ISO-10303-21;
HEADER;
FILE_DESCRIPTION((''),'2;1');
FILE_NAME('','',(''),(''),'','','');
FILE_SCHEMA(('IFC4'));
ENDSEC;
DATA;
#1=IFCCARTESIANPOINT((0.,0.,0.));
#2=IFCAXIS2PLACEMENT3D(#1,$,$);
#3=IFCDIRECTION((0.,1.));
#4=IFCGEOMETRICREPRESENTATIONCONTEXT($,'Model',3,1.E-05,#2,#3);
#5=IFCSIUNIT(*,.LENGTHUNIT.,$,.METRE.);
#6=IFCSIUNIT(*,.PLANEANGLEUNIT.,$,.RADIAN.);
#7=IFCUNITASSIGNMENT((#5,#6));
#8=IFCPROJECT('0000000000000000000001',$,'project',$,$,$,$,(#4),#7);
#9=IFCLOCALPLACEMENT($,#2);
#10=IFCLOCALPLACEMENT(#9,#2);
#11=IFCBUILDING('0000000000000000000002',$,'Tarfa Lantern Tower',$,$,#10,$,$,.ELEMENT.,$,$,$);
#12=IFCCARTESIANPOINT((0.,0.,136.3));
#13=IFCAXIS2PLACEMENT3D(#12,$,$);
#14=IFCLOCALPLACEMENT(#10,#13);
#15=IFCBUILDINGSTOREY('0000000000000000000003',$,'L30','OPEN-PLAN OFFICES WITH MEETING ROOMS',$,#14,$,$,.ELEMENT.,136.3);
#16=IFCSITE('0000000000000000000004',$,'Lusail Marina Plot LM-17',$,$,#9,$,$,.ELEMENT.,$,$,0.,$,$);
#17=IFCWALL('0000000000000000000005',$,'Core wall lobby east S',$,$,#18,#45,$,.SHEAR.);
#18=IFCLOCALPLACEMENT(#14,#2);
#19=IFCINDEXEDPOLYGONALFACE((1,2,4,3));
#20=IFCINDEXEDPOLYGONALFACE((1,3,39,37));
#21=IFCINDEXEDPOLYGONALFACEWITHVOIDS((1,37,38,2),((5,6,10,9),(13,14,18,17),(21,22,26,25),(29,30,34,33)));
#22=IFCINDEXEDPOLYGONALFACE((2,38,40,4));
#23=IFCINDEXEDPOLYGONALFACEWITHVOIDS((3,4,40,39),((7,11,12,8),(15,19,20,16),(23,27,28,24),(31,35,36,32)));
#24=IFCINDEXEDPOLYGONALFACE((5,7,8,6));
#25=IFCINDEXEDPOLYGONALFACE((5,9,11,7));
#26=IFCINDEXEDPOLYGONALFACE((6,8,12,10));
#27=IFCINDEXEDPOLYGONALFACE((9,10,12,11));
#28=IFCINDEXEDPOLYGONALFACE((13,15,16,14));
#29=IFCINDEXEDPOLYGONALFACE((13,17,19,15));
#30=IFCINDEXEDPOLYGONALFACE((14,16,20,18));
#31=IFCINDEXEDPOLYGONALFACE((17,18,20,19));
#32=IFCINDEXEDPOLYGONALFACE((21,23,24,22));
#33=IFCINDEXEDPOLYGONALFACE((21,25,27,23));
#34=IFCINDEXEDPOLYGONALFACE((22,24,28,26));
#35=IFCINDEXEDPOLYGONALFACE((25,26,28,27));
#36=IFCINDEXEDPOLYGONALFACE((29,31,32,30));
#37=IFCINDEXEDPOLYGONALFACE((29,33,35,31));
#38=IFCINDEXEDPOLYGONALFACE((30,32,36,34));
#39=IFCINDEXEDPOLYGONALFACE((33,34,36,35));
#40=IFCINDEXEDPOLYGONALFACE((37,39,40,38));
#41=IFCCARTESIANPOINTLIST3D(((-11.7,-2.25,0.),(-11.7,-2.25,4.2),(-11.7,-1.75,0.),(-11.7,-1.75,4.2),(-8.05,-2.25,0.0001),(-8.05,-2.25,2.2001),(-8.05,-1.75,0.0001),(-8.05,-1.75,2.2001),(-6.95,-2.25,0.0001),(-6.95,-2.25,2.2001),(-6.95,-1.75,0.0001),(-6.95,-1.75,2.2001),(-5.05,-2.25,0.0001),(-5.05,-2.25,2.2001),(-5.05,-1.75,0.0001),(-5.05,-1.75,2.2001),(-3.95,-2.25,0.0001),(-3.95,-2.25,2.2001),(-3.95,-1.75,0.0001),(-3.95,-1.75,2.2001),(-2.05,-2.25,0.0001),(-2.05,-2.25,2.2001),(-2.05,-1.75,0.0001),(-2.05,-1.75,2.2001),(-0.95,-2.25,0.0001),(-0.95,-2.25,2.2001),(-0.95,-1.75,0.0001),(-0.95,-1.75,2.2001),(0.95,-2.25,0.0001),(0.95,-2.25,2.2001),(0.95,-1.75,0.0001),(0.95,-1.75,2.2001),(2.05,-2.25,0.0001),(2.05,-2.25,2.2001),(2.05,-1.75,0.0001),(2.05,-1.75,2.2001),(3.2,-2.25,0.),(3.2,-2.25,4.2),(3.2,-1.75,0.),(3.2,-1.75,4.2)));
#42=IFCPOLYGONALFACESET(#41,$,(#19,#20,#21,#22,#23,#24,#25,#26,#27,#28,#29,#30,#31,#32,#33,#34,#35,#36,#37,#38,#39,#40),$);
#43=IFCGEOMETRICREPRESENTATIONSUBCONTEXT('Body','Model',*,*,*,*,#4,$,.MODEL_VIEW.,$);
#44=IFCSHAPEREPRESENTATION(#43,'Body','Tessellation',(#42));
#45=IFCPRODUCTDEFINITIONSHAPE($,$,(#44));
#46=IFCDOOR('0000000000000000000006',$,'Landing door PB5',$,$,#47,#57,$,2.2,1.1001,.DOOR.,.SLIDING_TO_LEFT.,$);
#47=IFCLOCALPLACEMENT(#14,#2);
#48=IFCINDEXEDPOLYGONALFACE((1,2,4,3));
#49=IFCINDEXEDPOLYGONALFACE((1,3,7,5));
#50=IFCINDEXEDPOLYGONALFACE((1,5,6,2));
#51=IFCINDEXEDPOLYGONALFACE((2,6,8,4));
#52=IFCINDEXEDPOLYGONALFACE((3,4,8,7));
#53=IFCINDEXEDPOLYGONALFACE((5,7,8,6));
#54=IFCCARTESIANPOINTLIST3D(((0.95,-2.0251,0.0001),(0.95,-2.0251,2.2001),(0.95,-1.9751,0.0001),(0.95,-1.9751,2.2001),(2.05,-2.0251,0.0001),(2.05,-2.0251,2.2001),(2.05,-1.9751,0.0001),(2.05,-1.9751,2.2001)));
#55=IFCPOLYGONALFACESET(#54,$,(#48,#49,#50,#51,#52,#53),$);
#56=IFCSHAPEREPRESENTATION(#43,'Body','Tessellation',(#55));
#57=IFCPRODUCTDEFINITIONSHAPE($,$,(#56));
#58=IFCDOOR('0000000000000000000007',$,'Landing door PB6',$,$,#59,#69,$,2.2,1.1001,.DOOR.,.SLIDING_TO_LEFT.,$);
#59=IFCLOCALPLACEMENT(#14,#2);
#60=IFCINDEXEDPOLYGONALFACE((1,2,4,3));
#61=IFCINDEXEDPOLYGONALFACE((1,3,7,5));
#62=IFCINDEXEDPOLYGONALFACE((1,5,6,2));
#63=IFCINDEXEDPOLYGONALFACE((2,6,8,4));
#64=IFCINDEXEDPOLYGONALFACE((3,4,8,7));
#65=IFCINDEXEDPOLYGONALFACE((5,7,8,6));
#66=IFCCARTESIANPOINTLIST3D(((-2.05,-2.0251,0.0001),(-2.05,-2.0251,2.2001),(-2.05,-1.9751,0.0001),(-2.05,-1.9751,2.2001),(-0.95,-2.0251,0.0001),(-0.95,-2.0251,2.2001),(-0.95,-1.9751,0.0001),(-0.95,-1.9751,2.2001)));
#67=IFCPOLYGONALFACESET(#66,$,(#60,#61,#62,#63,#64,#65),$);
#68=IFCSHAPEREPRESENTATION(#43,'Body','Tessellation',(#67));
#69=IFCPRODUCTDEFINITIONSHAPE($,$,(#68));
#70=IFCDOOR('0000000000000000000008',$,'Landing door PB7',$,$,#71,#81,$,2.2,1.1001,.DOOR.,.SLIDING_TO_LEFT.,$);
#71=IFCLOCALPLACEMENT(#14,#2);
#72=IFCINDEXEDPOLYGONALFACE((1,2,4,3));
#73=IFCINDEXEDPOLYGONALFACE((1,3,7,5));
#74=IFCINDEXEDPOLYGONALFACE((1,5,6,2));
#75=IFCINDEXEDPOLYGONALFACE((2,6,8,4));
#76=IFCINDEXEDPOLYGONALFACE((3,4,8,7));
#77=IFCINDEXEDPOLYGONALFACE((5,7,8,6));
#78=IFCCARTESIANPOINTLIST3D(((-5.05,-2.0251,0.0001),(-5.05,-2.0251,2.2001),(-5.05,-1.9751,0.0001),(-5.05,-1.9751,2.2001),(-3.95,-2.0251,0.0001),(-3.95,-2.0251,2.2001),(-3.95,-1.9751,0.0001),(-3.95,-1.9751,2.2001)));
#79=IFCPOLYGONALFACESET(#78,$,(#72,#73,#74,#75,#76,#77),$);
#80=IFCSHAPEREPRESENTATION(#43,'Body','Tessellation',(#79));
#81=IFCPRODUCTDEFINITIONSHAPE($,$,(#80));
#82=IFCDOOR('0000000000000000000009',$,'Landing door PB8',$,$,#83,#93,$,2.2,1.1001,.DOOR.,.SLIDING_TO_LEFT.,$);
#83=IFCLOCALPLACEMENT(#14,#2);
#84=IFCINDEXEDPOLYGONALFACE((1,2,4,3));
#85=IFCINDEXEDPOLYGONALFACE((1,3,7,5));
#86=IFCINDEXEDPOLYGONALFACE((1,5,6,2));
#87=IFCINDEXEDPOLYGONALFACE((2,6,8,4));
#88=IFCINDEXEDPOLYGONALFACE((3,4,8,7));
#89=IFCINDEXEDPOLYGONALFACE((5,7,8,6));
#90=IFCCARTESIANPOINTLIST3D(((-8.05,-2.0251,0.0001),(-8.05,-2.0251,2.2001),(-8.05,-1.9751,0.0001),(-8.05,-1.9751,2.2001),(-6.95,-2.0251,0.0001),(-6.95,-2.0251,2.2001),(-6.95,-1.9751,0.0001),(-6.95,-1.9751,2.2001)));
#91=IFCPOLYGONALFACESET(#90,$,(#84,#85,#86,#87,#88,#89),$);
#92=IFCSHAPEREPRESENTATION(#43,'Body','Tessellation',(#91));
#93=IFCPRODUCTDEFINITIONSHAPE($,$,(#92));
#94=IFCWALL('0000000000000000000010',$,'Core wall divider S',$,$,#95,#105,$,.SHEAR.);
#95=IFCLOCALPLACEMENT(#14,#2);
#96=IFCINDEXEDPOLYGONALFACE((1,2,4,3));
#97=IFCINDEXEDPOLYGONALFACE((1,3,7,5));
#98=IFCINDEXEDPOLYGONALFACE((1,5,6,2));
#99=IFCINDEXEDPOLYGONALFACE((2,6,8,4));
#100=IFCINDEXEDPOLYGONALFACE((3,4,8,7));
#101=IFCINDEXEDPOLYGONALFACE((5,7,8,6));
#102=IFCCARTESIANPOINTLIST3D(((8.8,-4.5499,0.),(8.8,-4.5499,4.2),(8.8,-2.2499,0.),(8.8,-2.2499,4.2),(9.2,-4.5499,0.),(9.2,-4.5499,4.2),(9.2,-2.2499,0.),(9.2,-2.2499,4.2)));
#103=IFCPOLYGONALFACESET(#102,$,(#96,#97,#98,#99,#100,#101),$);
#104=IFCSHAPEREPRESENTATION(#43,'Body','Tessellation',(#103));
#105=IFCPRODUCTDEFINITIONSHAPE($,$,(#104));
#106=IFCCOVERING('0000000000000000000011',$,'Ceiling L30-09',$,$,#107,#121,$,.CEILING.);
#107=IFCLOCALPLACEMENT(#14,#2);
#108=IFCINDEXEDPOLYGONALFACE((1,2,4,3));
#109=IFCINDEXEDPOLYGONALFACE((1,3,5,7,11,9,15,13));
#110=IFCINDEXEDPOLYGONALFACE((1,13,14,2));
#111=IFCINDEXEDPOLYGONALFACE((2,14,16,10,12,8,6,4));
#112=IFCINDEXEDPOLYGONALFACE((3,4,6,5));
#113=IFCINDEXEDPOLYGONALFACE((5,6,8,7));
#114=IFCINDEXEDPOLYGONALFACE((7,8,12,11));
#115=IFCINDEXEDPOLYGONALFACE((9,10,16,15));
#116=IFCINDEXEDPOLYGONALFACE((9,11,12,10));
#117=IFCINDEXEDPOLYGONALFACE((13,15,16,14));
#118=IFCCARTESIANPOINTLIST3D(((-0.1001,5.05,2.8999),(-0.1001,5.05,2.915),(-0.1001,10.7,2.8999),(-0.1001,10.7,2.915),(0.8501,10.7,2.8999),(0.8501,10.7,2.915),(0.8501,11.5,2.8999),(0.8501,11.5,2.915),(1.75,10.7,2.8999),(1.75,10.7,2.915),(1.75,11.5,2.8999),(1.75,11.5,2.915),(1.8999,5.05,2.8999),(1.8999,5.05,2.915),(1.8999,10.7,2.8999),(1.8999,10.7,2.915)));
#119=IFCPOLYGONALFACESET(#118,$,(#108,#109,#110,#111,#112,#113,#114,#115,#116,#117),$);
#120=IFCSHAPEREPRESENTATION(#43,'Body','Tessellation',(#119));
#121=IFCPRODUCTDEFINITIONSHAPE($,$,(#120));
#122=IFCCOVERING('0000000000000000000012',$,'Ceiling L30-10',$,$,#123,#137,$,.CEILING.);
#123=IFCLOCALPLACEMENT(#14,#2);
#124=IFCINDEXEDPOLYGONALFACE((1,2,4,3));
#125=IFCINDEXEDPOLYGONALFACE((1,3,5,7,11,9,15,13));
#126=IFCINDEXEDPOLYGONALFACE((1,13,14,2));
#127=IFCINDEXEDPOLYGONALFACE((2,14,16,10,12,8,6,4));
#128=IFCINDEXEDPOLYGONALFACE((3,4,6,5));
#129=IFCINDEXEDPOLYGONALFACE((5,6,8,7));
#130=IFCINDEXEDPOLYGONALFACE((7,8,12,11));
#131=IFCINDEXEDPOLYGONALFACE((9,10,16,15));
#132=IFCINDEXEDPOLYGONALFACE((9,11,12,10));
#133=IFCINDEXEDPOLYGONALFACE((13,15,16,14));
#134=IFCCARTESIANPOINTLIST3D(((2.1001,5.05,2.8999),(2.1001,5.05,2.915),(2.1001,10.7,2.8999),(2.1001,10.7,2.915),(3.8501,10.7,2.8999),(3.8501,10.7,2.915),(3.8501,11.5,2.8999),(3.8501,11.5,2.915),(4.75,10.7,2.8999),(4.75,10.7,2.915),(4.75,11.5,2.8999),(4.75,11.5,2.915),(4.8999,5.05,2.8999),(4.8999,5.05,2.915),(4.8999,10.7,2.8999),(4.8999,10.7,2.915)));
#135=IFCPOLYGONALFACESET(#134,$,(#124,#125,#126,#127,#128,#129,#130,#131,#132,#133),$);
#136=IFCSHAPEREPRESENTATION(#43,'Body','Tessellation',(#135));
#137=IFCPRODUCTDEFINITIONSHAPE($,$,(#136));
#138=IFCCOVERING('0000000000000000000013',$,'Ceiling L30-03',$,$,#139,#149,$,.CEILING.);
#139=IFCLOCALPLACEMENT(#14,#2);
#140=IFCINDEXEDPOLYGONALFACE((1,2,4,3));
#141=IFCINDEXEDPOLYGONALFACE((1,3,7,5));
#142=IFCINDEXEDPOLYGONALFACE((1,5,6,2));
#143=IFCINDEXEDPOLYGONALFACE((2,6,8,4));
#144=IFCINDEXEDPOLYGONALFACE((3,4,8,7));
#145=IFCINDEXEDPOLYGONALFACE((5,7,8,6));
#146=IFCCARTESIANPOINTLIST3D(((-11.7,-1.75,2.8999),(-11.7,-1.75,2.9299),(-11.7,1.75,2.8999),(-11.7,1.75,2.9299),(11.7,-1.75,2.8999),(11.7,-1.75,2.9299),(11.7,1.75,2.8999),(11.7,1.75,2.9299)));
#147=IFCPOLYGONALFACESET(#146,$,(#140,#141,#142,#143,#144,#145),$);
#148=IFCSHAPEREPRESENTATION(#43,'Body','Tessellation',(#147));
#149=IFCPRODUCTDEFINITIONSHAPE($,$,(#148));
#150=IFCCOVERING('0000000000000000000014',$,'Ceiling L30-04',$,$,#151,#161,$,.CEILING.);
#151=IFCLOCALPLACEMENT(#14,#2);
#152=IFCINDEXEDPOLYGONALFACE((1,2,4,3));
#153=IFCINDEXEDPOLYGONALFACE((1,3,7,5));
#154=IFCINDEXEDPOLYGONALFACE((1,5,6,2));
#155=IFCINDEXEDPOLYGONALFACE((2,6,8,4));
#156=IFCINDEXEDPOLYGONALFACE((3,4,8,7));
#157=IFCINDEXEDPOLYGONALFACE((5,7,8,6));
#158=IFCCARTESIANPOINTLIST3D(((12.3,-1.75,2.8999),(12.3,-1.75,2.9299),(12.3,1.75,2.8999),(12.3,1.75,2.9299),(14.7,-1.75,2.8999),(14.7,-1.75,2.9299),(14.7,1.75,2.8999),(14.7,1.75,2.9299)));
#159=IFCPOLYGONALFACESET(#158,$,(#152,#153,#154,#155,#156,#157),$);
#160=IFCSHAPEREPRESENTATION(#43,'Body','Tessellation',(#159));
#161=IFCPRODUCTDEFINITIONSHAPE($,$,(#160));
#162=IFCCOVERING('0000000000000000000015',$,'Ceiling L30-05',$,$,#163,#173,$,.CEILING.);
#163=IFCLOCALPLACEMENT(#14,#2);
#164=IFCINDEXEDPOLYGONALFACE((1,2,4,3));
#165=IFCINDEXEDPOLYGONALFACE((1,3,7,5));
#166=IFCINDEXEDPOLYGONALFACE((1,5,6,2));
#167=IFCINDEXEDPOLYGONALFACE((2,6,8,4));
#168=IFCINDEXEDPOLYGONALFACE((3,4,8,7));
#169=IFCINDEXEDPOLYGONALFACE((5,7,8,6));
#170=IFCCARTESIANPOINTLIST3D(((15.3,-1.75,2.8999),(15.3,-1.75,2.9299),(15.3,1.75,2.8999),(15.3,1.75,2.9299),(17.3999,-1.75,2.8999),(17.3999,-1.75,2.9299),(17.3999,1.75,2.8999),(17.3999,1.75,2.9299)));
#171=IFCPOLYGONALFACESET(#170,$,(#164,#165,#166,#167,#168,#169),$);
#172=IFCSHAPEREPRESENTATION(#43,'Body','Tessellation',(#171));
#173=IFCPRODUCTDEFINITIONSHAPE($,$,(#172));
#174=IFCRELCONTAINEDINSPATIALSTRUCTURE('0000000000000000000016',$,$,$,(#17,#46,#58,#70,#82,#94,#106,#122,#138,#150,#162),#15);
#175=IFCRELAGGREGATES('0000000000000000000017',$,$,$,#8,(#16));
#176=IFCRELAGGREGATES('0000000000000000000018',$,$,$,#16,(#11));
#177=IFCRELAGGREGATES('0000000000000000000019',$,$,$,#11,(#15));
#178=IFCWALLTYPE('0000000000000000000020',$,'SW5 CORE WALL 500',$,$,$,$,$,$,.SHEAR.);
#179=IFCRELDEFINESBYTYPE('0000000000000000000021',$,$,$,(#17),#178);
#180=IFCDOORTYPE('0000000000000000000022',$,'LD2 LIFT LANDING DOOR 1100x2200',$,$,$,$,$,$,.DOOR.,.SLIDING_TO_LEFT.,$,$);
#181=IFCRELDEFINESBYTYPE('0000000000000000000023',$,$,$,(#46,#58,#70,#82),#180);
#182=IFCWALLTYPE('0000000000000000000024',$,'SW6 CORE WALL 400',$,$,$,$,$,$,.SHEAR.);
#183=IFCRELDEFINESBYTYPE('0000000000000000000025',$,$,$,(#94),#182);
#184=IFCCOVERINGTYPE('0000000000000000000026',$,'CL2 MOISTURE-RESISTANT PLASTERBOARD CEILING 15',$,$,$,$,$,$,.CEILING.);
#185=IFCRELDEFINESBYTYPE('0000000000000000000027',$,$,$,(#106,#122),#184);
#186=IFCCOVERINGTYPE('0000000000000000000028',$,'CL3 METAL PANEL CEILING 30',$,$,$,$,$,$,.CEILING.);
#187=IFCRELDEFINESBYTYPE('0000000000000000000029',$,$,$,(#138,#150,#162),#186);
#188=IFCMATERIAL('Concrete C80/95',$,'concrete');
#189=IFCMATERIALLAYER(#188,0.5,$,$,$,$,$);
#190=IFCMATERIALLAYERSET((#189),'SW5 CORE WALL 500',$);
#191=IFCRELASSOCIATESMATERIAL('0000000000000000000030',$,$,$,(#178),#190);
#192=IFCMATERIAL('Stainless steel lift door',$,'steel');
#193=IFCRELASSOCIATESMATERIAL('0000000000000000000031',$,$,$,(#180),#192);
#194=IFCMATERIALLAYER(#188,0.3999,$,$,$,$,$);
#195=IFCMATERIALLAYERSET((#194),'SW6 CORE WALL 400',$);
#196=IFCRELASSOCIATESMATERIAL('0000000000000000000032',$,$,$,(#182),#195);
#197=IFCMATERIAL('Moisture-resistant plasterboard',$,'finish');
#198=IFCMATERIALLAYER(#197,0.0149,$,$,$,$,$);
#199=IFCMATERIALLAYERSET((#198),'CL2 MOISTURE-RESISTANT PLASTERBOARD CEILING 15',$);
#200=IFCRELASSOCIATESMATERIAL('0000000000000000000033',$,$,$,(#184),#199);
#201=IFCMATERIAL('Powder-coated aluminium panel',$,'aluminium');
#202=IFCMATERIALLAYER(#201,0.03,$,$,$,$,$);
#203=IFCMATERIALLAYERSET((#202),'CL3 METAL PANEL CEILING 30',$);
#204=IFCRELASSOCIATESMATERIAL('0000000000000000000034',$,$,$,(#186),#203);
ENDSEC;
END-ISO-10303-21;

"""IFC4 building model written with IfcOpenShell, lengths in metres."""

from ifc_helpers import new_model, si_unit, direction, frame, frame_2d, origin, place, context, subcontext, project, spatial, polyline, rectangle, outline, extrude, material, layer, layer_set, type_object, element, fill, save


model = new_model("IFC4")

# Units and contexts
model_context = context("Model", 3, precision=1e-05, world=origin(), true_north=direction((0.0, 1.0)))
body_context = subcontext(model_context, "Body", "Model", "MODEL_VIEW")
ifc_project = project(units=[si_unit("LENGTHUNIT", "METRE"), si_unit("PLANEANGLEUNIT", "RADIAN")], contexts=[model_context])

# Site, building, storey
site_placement = place(None, origin())
site = spatial("IfcSite", under=ifc_project, at=site_placement, Name="Lusail Marina Plot LM-17", CompositionType="ELEMENT", RefElevation=0.0)
building_placement = place(site_placement, origin())
building = spatial("IfcBuilding", under=site, at=building_placement, Name="Tarfa Lantern Tower", CompositionType="ELEMENT")
storey_placement = place(building_placement, frame((0.0, 0.0, 136.3)))
storey = spatial("IfcBuildingStorey", under=building, at=storey_placement, Name="L30", Description="OPEN-PLAN OFFICES WITH MEETING ROOMS", CompositionType="ELEMENT", Elevation=136.3)

# Wall, openings, doors
ifc_material_1 = material(Name="Concrete C80/95", Category="concrete")
ifc_layer_1 = layer(ifc_material_1, 0.5)
ifc_layer_set_1 = layer_set([ifc_layer_1], Name="SW5 CORE WALL 500")
wall_type_1 = type_object("IfcWallType", Name="SW5 CORE WALL 500", PredefinedType="SHEAR", material=ifc_layer_set_1)
wall_1_placement = place(storey_placement, frame((3.2, -2.0, 0.0), z_axis=(0.0, 0.0, 1.0), x_axis=(-1.0, 0.0, 0.0)))
wall_1 = element("IfcWall", 1, at=wall_1_placement, inside=storey, type_object=wall_type_1, Name="Core wall lobby east S", PredefinedType="SHEAR", context=body_context, shape_type="SweptSolid", body=[
    extrude(rectangle(XDim=14.8999, YDim=0.5, at=frame_2d((7.45, 0.0))), origin(), (0.0, 0.0, 1.0), 4.2),
])
opening_1_placement = place(wall_1_placement, frame((1.1499, 0.0, 0.0)))
opening_1 = element("IfcOpeningElement", 2, at=opening_1_placement, cuts=wall_1, PredefinedType="OPENING", context=body_context, shape_type="SweptSolid", body=[
    extrude(rectangle(XDim=1.1001, YDim=2.2, at=frame_2d((0.55, 1.1001))), frame((0.0, 0.26, 0.0), z_axis=(0.0, -1.0, 0.0), x_axis=(1.0, 0.0, 0.0)), (0.0, 0.0, 1.0), 0.52),
])
opening_2_placement = place(wall_1_placement, frame((4.1499, 0.0, 0.0)))
opening_2 = element("IfcOpeningElement", 3, at=opening_2_placement, cuts=wall_1, PredefinedType="OPENING", context=body_context, shape_type="SweptSolid", body=[
    extrude(rectangle(XDim=1.1001, YDim=2.2, at=frame_2d((0.55, 1.1001))), frame((0.0, 0.26, 0.0), z_axis=(0.0, -1.0, 0.0), x_axis=(1.0, 0.0, 0.0)), (0.0, 0.0, 1.0), 0.52),
])
opening_3_placement = place(wall_1_placement, frame((7.1499, 0.0, 0.0)))
opening_3 = element("IfcOpeningElement", 4, at=opening_3_placement, cuts=wall_1, PredefinedType="OPENING", context=body_context, shape_type="SweptSolid", body=[
    extrude(rectangle(XDim=1.1001, YDim=2.2, at=frame_2d((0.55, 1.1001))), frame((0.0, 0.26, 0.0), z_axis=(0.0, -1.0, 0.0), x_axis=(1.0, 0.0, 0.0)), (0.0, 0.0, 1.0), 0.52),
])
opening_4_placement = place(wall_1_placement, frame((10.1499, 0.0, 0.0)))
opening_4 = element("IfcOpeningElement", 5, at=opening_4_placement, cuts=wall_1, PredefinedType="OPENING", context=body_context, shape_type="SweptSolid", body=[
    extrude(rectangle(XDim=1.1001, YDim=2.2, at=frame_2d((0.55, 1.1001))), frame((0.0, 0.26, 0.0), z_axis=(0.0, -1.0, 0.0), x_axis=(1.0, 0.0, 0.0)), (0.0, 0.0, 1.0), 0.52),
])
ifc_material_2 = material(Name="Stainless steel lift door", Category="steel")
door_type = type_object("IfcDoorType", Name="LD2 LIFT LANDING DOOR 1100x2200", OperationType="SLIDING_TO_LEFT", PredefinedType="DOOR", material=ifc_material_2)
door_1_placement = place(opening_1_placement, frame((1.1001, 0.0, 0.0), z_axis=(0.0, 0.0, 1.0), x_axis=(-1.0, 0.0, 0.0)))
door_1 = element("IfcDoor", 6, at=door_1_placement, inside=storey, type_object=door_type, Name="Landing door PB5", OperationType="SLIDING_TO_LEFT", OverallHeight=2.2, OverallWidth=1.1001, PredefinedType="DOOR", context=body_context, shape_type="SweptSolid", body=[
    extrude(rectangle(XDim=1.1001, YDim=2.2, at=frame_2d((0.55, 1.1001))), frame((0.0, 0.0249, 0.0), z_axis=(0.0, -1.0, 0.0), x_axis=(1.0, 0.0, 0.0)), (0.0, 0.0, 1.0), 0.05),
])
fill(opening_1, door_1)
door_2_placement = place(opening_2_placement, frame((1.1001, 0.0, 0.0), z_axis=(0.0, 0.0, 1.0), x_axis=(-1.0, 0.0, 0.0)))
door_2 = element("IfcDoor", 7, at=door_2_placement, inside=storey, type_object=door_type, Name="Landing door PB6", OperationType="SLIDING_TO_LEFT", OverallHeight=2.2, OverallWidth=1.1001, PredefinedType="DOOR", context=body_context, shape_type="SweptSolid", body=[
    extrude(rectangle(XDim=1.1001, YDim=2.2, at=frame_2d((0.55, 1.1001))), frame((0.0, 0.0249, 0.0), z_axis=(0.0, -1.0, 0.0), x_axis=(1.0, 0.0, 0.0)), (0.0, 0.0, 1.0), 0.05),
])
fill(opening_2, door_2)
door_3_placement = place(opening_3_placement, frame((1.1001, 0.0, 0.0), z_axis=(0.0, 0.0, 1.0), x_axis=(-1.0, 0.0, 0.0)))
door_3 = element("IfcDoor", 8, at=door_3_placement, inside=storey, type_object=door_type, Name="Landing door PB7", OperationType="SLIDING_TO_LEFT", OverallHeight=2.2, OverallWidth=1.1001, PredefinedType="DOOR", context=body_context, shape_type="SweptSolid", body=[
    extrude(rectangle(XDim=1.1001, YDim=2.2, at=frame_2d((0.55, 1.1001))), frame((0.0, 0.0249, 0.0), z_axis=(0.0, -1.0, 0.0), x_axis=(1.0, 0.0, 0.0)), (0.0, 0.0, 1.0), 0.05),
])
fill(opening_3, door_3)
door_4_placement = place(opening_4_placement, frame((1.1001, 0.0, 0.0), z_axis=(0.0, 0.0, 1.0), x_axis=(-1.0, 0.0, 0.0)))
door_4 = element("IfcDoor", 9, at=door_4_placement, inside=storey, type_object=door_type, Name="Landing door PB8", OperationType="SLIDING_TO_LEFT", OverallHeight=2.2, OverallWidth=1.1001, PredefinedType="DOOR", context=body_context, shape_type="SweptSolid", body=[
    extrude(rectangle(XDim=1.1001, YDim=2.2, at=frame_2d((0.55, 1.1001))), frame((0.0, 0.0249, 0.0), z_axis=(0.0, -1.0, 0.0), x_axis=(1.0, 0.0, 0.0)), (0.0, 0.0, 1.0), 0.05),
])
fill(opening_4, door_4)

# Wall
ifc_layer_2 = layer(ifc_material_1, 0.3999)
ifc_layer_set_2 = layer_set([ifc_layer_2], Name="SW6 CORE WALL 400")
wall_type_2 = type_object("IfcWallType", Name="SW6 CORE WALL 400", PredefinedType="SHEAR", material=ifc_layer_set_2)
wall_2_placement = place(storey_placement, frame((9.0, -2.25, 0.0), z_axis=(0.0, 0.0, 1.0), x_axis=(0.0, -1.0, 0.0)))
element("IfcWall", 10, at=wall_2_placement, inside=storey, type_object=wall_type_2, Name="Core wall divider S", PredefinedType="SHEAR", context=body_context, shape_type="SweptSolid", body=[
    extrude(rectangle(XDim=2.3, YDim=0.3999, at=frame_2d((1.1499, 0.0))), origin(), (0.0, 0.0, 1.0), 4.2),
])

# Coverings
ifc_material_3 = material(Name="Moisture-resistant plasterboard", Category="finish")
ifc_layer_3 = layer(ifc_material_3, 0.0149)
ifc_layer_set_3 = layer_set([ifc_layer_3], Name="CL2 MOISTURE-RESISTANT PLASTERBOARD CEILING 15")
covering_type_1 = type_object("IfcCoveringType", Name="CL2 MOISTURE-RESISTANT PLASTERBOARD CEILING 15", PredefinedType="CEILING", material=ifc_layer_set_3)
covering_1_placement = place(storey_placement, frame((0.0, 0.0, 2.8999)))
element("IfcCovering", 11, at=covering_1_placement, inside=storey, type_object=covering_type_1, Name="Ceiling L30-09", PredefinedType="CEILING", context=body_context, shape_type="SweptSolid", body=[
    extrude(outline(polyline([(0.8501, 10.7), (-0.1001, 10.7), (-0.1001, 5.05), (1.8999, 5.05), (1.8999, 10.7), (1.75, 10.7), (1.75, 11.5), (1.75, 11.5), (0.8501, 11.5), (0.8501, 10.7)])), origin(), (0.0, 0.0, 1.0), 0.0151),
])
covering_2_placement = place(storey_placement, frame((0.0, 0.0, 2.8999)))
element("IfcCovering", 12, at=covering_2_placement, inside=storey, type_object=covering_type_1, Name="Ceiling L30-10", PredefinedType="CEILING", context=body_context, shape_type="SweptSolid", body=[
    extrude(outline(polyline([(2.1001, 5.05), (4.8999, 5.05), (4.8999, 10.7), (4.75, 10.7), (4.75, 11.5), (3.8501, 11.5), (3.8501, 10.7), (2.1001, 10.7), (2.1001, 5.05)])), origin(), (0.0, 0.0, 1.0), 0.0151),
])
ifc_material_4 = material(Name="Powder-coated aluminium panel", Category="aluminium")
ifc_layer_4 = layer(ifc_material_4, 0.03)
ifc_layer_set_4 = layer_set([ifc_layer_4], Name="CL3 METAL PANEL CEILING 30")
covering_type_2 = type_object("IfcCoveringType", Name="CL3 METAL PANEL CEILING 30", PredefinedType="CEILING", material=ifc_layer_set_4)
covering_3_placement = place(storey_placement, frame((0.0, 0.0, 2.8999)))
element("IfcCovering", 13, at=covering_3_placement, inside=storey, type_object=covering_type_2, Name="Ceiling L30-03", PredefinedType="CEILING", context=body_context, shape_type="SweptSolid", body=[
    extrude(outline(polyline([(-11.7, -1.75), (11.7, -1.75), (11.7, 1.75), (-11.7, 1.75), (-11.7, -1.75)])), origin(), (0.0, 0.0, 1.0), 0.03),
])
covering_4_placement = place(storey_placement, frame((0.0, 0.0, 2.8999)))
element("IfcCovering", 14, at=covering_4_placement, inside=storey, type_object=covering_type_2, Name="Ceiling L30-04", PredefinedType="CEILING", context=body_context, shape_type="SweptSolid", body=[
    extrude(outline(polyline([(12.3, -1.75), (14.7, -1.75), (14.7, 1.75), (12.3, 1.75), (12.3, -1.75)])), origin(), (0.0, 0.0, 1.0), 0.03),
])
covering_5_placement = place(storey_placement, frame((0.0, 0.0, 2.8999)))
element("IfcCovering", 15, at=covering_5_placement, inside=storey, type_object=covering_type_2, Name="Ceiling L30-05", PredefinedType="CEILING", context=body_context, shape_type="SweptSolid", body=[
    extrude(outline(polyline([(15.3, -1.75), (17.3999, -1.75), (17.3999, 1.75), (15.3, 1.75), (15.3, -1.75)])), origin(), (0.0, 0.0, 1.0), 0.03),
])

save(model, "model.ifc")
